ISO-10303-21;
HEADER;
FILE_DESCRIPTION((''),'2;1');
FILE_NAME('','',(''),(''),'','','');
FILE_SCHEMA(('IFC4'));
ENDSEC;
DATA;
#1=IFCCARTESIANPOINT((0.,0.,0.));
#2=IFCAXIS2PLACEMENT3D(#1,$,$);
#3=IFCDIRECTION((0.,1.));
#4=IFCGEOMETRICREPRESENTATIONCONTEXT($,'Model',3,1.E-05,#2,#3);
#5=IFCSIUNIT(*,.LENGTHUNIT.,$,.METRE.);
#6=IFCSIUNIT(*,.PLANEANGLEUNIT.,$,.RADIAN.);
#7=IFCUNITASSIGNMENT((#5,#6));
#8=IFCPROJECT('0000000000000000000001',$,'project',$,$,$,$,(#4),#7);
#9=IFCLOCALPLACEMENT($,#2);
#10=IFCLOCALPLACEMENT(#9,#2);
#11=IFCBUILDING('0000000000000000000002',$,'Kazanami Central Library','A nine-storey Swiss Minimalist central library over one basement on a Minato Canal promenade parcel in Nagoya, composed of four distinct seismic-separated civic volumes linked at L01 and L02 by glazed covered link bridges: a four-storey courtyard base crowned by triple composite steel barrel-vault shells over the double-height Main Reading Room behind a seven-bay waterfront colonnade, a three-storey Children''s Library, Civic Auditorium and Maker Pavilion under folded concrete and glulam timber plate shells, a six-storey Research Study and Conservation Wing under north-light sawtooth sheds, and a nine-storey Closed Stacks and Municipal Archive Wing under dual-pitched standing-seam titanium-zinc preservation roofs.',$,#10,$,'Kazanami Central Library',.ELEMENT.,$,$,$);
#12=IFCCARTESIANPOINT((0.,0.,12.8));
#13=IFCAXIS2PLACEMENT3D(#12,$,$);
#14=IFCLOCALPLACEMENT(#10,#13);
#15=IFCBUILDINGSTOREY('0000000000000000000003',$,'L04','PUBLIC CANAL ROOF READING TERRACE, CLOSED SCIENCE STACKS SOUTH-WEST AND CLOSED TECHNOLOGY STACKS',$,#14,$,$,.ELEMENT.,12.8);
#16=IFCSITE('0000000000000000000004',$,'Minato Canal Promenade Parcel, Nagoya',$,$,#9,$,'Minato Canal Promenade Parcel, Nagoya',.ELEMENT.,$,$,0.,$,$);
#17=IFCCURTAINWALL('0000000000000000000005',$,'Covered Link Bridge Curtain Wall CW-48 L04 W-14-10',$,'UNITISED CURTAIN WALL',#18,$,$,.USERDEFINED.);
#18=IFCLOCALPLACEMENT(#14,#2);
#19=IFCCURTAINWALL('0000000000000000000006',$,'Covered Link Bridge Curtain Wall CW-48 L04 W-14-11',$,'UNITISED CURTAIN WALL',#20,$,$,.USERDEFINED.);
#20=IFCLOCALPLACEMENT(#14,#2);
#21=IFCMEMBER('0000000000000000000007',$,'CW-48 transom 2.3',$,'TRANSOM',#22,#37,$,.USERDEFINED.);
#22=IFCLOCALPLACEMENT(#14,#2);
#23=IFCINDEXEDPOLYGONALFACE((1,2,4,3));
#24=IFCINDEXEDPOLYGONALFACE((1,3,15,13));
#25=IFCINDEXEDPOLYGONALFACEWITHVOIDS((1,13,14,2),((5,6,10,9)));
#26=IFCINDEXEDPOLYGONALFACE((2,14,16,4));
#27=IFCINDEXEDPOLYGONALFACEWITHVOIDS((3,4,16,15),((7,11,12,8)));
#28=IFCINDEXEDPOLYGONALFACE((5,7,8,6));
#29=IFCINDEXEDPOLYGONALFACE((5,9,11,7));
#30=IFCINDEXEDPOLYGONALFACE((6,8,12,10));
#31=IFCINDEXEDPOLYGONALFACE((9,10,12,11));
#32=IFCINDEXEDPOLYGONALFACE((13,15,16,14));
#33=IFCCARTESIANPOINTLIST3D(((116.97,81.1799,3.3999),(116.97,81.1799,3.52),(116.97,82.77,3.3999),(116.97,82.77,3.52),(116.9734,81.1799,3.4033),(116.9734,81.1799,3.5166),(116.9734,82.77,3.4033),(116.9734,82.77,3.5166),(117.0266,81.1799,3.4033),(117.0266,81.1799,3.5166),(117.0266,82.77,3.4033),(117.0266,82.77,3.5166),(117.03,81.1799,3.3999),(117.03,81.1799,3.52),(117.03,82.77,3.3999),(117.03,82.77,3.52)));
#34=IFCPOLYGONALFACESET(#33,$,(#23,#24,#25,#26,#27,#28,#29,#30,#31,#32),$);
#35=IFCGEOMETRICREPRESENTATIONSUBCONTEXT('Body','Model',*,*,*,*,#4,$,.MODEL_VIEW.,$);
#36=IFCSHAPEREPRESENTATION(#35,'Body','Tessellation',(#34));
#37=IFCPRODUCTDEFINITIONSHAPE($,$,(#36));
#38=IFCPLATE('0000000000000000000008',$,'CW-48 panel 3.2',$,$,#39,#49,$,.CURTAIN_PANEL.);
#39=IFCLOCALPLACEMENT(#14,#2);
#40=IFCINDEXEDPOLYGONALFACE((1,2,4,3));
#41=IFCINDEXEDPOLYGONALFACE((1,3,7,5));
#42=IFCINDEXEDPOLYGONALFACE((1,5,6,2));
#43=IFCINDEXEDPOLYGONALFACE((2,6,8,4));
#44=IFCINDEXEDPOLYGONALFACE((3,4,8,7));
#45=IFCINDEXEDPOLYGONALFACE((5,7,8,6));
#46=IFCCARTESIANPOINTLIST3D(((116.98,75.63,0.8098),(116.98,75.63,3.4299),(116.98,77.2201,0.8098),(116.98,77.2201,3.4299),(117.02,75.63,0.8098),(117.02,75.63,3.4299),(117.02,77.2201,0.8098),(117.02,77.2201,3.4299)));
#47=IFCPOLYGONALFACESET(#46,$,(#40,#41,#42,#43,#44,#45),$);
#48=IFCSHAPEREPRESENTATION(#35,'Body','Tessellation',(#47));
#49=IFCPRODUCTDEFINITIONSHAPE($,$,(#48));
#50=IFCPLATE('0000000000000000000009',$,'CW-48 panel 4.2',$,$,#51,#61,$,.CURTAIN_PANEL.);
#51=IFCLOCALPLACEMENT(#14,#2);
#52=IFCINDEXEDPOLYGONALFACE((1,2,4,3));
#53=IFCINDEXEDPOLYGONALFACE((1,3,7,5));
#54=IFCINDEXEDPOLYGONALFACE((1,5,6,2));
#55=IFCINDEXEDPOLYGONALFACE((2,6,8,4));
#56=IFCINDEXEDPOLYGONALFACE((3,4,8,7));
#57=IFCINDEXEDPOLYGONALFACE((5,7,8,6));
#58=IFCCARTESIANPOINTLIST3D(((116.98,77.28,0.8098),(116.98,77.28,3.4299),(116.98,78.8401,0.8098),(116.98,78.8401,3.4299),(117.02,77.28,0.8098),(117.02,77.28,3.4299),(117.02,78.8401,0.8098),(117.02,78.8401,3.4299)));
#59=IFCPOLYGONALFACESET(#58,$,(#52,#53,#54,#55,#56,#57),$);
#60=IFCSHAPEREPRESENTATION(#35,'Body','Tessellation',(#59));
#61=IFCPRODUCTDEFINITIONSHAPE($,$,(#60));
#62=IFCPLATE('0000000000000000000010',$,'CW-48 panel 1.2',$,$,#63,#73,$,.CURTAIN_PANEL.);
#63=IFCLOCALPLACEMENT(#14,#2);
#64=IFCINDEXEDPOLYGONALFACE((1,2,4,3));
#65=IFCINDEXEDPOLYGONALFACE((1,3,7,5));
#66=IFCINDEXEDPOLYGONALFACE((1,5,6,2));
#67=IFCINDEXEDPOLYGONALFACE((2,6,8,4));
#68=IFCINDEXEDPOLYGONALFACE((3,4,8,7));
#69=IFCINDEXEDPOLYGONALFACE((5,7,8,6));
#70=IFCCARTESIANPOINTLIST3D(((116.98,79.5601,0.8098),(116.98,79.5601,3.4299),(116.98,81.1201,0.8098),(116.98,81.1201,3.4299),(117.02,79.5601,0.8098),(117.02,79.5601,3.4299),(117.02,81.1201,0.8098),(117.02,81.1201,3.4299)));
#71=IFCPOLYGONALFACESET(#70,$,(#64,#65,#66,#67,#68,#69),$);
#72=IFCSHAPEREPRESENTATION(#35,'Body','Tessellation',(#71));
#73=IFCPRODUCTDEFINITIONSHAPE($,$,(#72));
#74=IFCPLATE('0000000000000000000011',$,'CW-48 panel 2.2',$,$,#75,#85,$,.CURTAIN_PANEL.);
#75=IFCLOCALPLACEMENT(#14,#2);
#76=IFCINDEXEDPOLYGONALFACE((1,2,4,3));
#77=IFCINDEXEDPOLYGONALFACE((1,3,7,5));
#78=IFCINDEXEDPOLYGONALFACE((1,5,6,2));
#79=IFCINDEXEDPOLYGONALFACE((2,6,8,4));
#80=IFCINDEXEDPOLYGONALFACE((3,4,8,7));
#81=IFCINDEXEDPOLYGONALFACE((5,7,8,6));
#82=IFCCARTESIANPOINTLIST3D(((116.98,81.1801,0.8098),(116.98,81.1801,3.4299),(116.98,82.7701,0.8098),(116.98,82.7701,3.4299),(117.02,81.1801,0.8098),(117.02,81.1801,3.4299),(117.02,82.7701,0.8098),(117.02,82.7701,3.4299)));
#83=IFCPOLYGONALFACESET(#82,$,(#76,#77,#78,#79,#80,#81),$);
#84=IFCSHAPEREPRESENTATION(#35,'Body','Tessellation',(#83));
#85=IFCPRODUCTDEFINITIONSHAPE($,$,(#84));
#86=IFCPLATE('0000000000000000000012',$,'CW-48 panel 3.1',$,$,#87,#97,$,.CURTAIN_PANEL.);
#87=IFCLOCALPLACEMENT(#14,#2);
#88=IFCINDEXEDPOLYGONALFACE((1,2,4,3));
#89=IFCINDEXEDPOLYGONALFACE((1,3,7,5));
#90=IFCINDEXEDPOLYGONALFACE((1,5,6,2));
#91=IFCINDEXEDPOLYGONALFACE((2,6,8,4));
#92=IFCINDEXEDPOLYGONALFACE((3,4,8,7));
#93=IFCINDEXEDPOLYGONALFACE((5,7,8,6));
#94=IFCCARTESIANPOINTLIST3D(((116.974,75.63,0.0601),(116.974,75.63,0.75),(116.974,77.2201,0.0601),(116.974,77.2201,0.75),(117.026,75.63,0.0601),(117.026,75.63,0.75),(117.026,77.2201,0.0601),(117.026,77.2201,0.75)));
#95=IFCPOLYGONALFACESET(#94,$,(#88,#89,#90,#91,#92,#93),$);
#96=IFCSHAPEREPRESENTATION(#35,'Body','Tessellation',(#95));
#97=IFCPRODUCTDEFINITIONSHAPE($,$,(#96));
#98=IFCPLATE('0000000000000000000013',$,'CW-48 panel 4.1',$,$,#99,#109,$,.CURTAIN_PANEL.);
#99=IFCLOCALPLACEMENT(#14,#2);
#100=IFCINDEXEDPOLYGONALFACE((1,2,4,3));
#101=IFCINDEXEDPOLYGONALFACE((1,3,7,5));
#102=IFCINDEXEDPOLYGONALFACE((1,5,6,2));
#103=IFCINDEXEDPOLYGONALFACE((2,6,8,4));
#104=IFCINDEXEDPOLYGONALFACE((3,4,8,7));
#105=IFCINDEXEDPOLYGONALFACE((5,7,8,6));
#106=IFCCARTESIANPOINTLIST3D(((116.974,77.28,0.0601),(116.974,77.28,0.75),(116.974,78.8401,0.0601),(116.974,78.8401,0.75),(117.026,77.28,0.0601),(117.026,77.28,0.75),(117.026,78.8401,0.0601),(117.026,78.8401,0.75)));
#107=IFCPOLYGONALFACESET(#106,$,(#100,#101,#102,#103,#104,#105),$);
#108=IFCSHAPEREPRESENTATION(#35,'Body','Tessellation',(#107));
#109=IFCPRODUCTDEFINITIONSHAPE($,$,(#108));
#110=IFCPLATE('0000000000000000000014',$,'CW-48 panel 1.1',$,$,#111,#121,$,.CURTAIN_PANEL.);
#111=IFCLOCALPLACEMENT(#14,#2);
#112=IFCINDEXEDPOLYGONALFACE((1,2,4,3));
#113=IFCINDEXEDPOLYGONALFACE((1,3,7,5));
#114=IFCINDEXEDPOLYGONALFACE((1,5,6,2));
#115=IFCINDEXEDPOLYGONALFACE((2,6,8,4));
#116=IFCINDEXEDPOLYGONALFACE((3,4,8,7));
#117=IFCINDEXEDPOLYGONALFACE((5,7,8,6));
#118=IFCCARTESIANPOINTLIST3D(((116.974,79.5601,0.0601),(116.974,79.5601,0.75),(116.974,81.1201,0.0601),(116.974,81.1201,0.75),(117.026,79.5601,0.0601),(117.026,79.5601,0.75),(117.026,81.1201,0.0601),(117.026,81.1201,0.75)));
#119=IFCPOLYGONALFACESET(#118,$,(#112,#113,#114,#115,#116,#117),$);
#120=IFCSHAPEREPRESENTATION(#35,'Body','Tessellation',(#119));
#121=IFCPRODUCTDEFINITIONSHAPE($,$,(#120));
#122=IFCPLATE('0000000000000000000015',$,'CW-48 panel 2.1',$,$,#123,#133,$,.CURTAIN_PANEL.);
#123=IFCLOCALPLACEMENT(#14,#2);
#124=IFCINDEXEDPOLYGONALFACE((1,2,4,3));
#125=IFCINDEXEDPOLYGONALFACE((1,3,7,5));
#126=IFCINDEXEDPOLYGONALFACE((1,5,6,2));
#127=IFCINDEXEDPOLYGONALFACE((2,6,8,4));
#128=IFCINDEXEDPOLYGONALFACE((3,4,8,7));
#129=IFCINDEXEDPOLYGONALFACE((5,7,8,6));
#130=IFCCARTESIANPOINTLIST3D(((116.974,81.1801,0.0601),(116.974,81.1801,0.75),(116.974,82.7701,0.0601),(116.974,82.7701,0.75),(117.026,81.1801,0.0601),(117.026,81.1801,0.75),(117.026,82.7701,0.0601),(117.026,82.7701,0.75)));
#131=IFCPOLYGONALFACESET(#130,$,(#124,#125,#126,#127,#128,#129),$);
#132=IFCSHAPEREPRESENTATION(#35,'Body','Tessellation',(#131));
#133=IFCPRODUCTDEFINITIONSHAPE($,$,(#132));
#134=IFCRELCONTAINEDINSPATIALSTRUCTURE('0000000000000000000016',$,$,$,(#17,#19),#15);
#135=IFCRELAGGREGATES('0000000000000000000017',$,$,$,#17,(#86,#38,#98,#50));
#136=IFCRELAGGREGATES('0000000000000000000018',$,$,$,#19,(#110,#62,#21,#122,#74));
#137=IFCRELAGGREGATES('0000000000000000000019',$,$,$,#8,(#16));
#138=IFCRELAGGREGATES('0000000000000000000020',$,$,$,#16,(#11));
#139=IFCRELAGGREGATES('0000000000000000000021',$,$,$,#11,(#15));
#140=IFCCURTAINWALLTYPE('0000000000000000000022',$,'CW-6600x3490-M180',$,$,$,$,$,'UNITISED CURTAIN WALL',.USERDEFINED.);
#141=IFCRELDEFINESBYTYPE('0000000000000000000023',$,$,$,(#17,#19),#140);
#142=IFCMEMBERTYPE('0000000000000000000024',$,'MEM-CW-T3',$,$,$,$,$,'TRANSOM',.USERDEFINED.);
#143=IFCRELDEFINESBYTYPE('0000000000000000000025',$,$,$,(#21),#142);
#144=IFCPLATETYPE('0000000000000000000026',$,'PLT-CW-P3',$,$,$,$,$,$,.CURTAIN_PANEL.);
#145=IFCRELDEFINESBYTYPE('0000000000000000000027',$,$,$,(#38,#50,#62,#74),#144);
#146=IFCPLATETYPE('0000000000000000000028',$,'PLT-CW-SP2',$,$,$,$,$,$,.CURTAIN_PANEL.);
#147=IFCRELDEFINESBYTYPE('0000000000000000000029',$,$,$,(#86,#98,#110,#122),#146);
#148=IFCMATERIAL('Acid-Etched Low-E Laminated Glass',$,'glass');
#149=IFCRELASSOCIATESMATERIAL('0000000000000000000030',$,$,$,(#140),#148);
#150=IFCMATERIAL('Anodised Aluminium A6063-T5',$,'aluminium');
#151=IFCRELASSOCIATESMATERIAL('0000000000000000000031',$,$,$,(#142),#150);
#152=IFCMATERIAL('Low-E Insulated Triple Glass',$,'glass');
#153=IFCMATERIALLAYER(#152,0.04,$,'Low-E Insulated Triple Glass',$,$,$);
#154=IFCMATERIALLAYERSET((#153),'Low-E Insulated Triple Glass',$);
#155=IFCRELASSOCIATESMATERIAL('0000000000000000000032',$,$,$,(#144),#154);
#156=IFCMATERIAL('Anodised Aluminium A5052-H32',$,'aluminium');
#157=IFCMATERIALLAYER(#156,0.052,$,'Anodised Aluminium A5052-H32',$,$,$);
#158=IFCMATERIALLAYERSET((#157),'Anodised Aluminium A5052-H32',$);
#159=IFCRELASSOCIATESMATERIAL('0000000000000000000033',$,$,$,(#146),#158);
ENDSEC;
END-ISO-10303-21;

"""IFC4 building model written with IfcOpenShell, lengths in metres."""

from ifc_helpers import new_model, si_unit, direction, frame, origin, origin_2d, place, context, subcontext, project, spatial, rectangle, hollow_rectangle, extrude, material, layer, layer_set, material_profile, profile_set, type_object, element, aggregate, save


model = new_model("IFC4")

# Units and contexts
model_context = context("Model", 3, precision=1e-05, world=origin(), true_north=direction((0.0, 1.0)))
body_context = subcontext(model_context, "Body", "Model", "MODEL_VIEW")
ifc_project = project(units=[si_unit("LENGTHUNIT", "METRE"), si_unit("PLANEANGLEUNIT", "RADIAN")], contexts=[model_context])

# Site, building, storey
site_placement = place(None, origin())
site = spatial("IfcSite", under=ifc_project, at=site_placement, Name="Minato Canal Promenade Parcel, Nagoya", LongName="Minato Canal Promenade Parcel, Nagoya", CompositionType="ELEMENT", RefElevation=0.0)
building_placement = place(site_placement, origin())
building = spatial("IfcBuilding", under=site, at=building_placement, Name="Kazanami Central Library", Description="A nine-storey Swiss Minimalist central library over one basement on a Minato Canal promenade parcel in Nagoya, composed of four distinct seismic-separated civic volumes linked at L01 and L02 by glazed covered link bridges: a four-storey courtyard base crowned by triple composite steel barrel-vault shells over the double-height Main Reading Room behind a seven-bay waterfront colonnade, a three-storey Children's Library, Civic Auditorium and Maker Pavilion under folded concrete and glulam timber plate shells, a six-storey Research Study and Conservation Wing under north-light sawtooth sheds, and a nine-storey Closed Stacks and Municipal Archive Wing under dual-pitched standing-seam titanium-zinc preservation roofs.", LongName="Kazanami Central Library", CompositionType="ELEMENT")
storey_placement = place(building_placement, frame((0.0, 0.0, 12.8)))
storey = spatial("IfcBuildingStorey", under=building, at=storey_placement, Name="L04", Description="PUBLIC CANAL ROOF READING TERRACE, CLOSED SCIENCE STACKS SOUTH-WEST AND CLOSED TECHNOLOGY STACKS", CompositionType="ELEMENT", Elevation=12.8)

# Curtain walls
ifc_material_1 = material(Name="Acid-Etched Low-E Laminated Glass", Category="glass")
curtain_wall_type = type_object("IfcCurtainWallType", Name="CW-6600x3490-M180", ElementType="UNITISED CURTAIN WALL", PredefinedType="USERDEFINED", material=ifc_material_1)
curtain_wall_1_placement = place(storey_placement, origin())
curtain_wall_1 = element("IfcCurtainWall", 1, at=curtain_wall_1_placement, inside=storey, type_object=curtain_wall_type, Name="Covered Link Bridge Curtain Wall CW-48 L04 W-14-10", ObjectType="UNITISED CURTAIN WALL", PredefinedType="USERDEFINED")
ifc_material_2 = material(Name="Anodised Aluminium A6063-T5", Category="aluminium")
curtain_wall_2_placement = place(storey_placement, origin())
curtain_wall_2 = element("IfcCurtainWall", 2, at=curtain_wall_2_placement, inside=storey, type_object=curtain_wall_type, Name="Covered Link Bridge Curtain Wall CW-48 L04 W-14-11", ObjectType="UNITISED CURTAIN WALL", PredefinedType="USERDEFINED")

# Member
ifc_material_profile_1 = material_profile(ifc_material_2, hollow_rectangle(XDim=0.0601, YDim=0.1201, WallThickness=0.0034, at=origin_2d()), Name="ALU-TRAN-60x120x3.5")
ifc_profile_set_1 = profile_set([ifc_material_profile_1], Name="Anodised Aluminium A6063-T5")
member_type_1 = type_object("IfcMemberType", Name="MEM-CW-T3", ElementType="TRANSOM", PredefinedType="USERDEFINED", material=ifc_profile_set_1)
member_1_placement = place(storey_placement, frame((117.0, 81.1799, 3.46), z_axis=(0.0, 1.0, 0.0), x_axis=(-1.0, 0.0, 0.0)))
member_1 = element("IfcMember", 3, at=member_1_placement, type_object=member_type_1, Name="CW-48 transom 2.3", ObjectType="TRANSOM", PredefinedType="USERDEFINED", context=body_context, shape_type="SweptSolid", body=[
    extrude(hollow_rectangle(XDim=0.0601, YDim=0.1201, WallThickness=0.0034, at=origin_2d()), origin(), (0.0, 0.0, 1.0), 1.5901),
])

# Plates
ifc_material_3 = material(Name="Low-E Insulated Triple Glass", Category="glass")
ifc_layer_1 = layer(ifc_material_3, 0.04, Name="Low-E Insulated Triple Glass")
ifc_layer_set_1 = layer_set([ifc_layer_1], Name="Low-E Insulated Triple Glass")
plate_type_1 = type_object("IfcPlateType", Name="PLT-CW-P3", PredefinedType="CURTAIN_PANEL", material=ifc_layer_set_1)
plate_1_placement = place(storey_placement, frame((117.0, 76.425, 0.8098), z_axis=(0.0, 0.0, 1.0), x_axis=(0.0, 1.0, 0.0)))
plate_1 = element("IfcPlate", 4, at=plate_1_placement, type_object=plate_type_1, Name="CW-48 panel 3.2", PredefinedType="CURTAIN_PANEL", context=body_context, shape_type="SweptSolid", body=[
    extrude(rectangle(XDim=1.5901, YDim=0.04, at=origin_2d()), origin(), (0.0, 0.0, 1.0), 2.6201),
])
plate_2_placement = place(storey_placement, frame((117.0, 78.0601, 0.8098), z_axis=(0.0, 0.0, 1.0), x_axis=(0.0, 1.0, 0.0)))
plate_2 = element("IfcPlate", 5, at=plate_2_placement, type_object=plate_type_1, Name="CW-48 panel 4.2", PredefinedType="CURTAIN_PANEL", context=body_context, shape_type="SweptSolid", body=[
    extrude(rectangle(XDim=1.5601, YDim=0.04, at=origin_2d()), origin(), (0.0, 0.0, 1.0), 2.6201),
])
plate_3_placement = place(storey_placement, frame((117.0, 80.3401, 0.8098), z_axis=(0.0, 0.0, 1.0), x_axis=(0.0, 1.0, 0.0)))
plate_3 = element("IfcPlate", 6, at=plate_3_placement, type_object=plate_type_1, Name="CW-48 panel 1.2", PredefinedType="CURTAIN_PANEL", context=body_context, shape_type="SweptSolid", body=[
    extrude(rectangle(XDim=1.5601, YDim=0.04, at=origin_2d()), origin(), (0.0, 0.0, 1.0), 2.6201),
])
plate_4_placement = place(storey_placement, frame((117.0, 81.9751, 0.8098), z_axis=(0.0, 0.0, 1.0), x_axis=(0.0, 1.0, 0.0)))
plate_4 = element("IfcPlate", 7, at=plate_4_placement, type_object=plate_type_1, Name="CW-48 panel 2.2", PredefinedType="CURTAIN_PANEL", context=body_context, shape_type="SweptSolid", body=[
    extrude(rectangle(XDim=1.5901, YDim=0.04, at=origin_2d()), origin(), (0.0, 0.0, 1.0), 2.6201),
])
ifc_material_4 = material(Name="Anodised Aluminium A5052-H32", Category="aluminium")
ifc_layer_2 = layer(ifc_material_4, 0.052, Name="Anodised Aluminium A5052-H32")
ifc_layer_set_2 = layer_set([ifc_layer_2], Name="Anodised Aluminium A5052-H32")
plate_type_2 = type_object("IfcPlateType", Name="PLT-CW-SP2", PredefinedType="CURTAIN_PANEL", material=ifc_layer_set_2)
plate_5_placement = place(storey_placement, frame((117.0, 76.425, 0.0601), z_axis=(0.0, 0.0, 1.0), x_axis=(0.0, 1.0, 0.0)))
plate_5 = element("IfcPlate", 8, at=plate_5_placement, type_object=plate_type_2, Name="CW-48 panel 3.1", PredefinedType="CURTAIN_PANEL", context=body_context, shape_type="SweptSolid", body=[
    extrude(rectangle(XDim=1.5901, YDim=0.052, at=origin_2d()), origin(), (0.0, 0.0, 1.0), 0.6899),
])
plate_6_placement = place(storey_placement, frame((117.0, 78.0601, 0.0601), z_axis=(0.0, 0.0, 1.0), x_axis=(0.0, 1.0, 0.0)))
plate_6 = element("IfcPlate", 9, at=plate_6_placement, type_object=plate_type_2, Name="CW-48 panel 4.1", PredefinedType="CURTAIN_PANEL", context=body_context, shape_type="SweptSolid", body=[
    extrude(rectangle(XDim=1.5601, YDim=0.052, at=origin_2d()), origin(), (0.0, 0.0, 1.0), 0.6899),
])
aggregate(curtain_wall_1, [plate_5, plate_1, plate_6, plate_2])
plate_7_placement = place(storey_placement, frame((117.0, 80.3401, 0.0601), z_axis=(0.0, 0.0, 1.0), x_axis=(0.0, 1.0, 0.0)))
plate_7 = element("IfcPlate", 10, at=plate_7_placement, type_object=plate_type_2, Name="CW-48 panel 1.1", PredefinedType="CURTAIN_PANEL", context=body_context, shape_type="SweptSolid", body=[
    extrude(rectangle(XDim=1.5601, YDim=0.052, at=origin_2d()), origin(), (0.0, 0.0, 1.0), 0.6899),
])
plate_8_placement = place(storey_placement, frame((117.0, 81.9751, 0.0601), z_axis=(0.0, 0.0, 1.0), x_axis=(0.0, 1.0, 0.0)))
plate_8 = element("IfcPlate", 11, at=plate_8_placement, type_object=plate_type_2, Name="CW-48 panel 2.1", PredefinedType="CURTAIN_PANEL", context=body_context, shape_type="SweptSolid", body=[
    extrude(rectangle(XDim=1.5901, YDim=0.052, at=origin_2d()), origin(), (0.0, 0.0, 1.0), 0.6899),
])
aggregate(curtain_wall_2, [plate_7, plate_3, member_1, plate_8, plate_4])

save(model, "model.ifc")
